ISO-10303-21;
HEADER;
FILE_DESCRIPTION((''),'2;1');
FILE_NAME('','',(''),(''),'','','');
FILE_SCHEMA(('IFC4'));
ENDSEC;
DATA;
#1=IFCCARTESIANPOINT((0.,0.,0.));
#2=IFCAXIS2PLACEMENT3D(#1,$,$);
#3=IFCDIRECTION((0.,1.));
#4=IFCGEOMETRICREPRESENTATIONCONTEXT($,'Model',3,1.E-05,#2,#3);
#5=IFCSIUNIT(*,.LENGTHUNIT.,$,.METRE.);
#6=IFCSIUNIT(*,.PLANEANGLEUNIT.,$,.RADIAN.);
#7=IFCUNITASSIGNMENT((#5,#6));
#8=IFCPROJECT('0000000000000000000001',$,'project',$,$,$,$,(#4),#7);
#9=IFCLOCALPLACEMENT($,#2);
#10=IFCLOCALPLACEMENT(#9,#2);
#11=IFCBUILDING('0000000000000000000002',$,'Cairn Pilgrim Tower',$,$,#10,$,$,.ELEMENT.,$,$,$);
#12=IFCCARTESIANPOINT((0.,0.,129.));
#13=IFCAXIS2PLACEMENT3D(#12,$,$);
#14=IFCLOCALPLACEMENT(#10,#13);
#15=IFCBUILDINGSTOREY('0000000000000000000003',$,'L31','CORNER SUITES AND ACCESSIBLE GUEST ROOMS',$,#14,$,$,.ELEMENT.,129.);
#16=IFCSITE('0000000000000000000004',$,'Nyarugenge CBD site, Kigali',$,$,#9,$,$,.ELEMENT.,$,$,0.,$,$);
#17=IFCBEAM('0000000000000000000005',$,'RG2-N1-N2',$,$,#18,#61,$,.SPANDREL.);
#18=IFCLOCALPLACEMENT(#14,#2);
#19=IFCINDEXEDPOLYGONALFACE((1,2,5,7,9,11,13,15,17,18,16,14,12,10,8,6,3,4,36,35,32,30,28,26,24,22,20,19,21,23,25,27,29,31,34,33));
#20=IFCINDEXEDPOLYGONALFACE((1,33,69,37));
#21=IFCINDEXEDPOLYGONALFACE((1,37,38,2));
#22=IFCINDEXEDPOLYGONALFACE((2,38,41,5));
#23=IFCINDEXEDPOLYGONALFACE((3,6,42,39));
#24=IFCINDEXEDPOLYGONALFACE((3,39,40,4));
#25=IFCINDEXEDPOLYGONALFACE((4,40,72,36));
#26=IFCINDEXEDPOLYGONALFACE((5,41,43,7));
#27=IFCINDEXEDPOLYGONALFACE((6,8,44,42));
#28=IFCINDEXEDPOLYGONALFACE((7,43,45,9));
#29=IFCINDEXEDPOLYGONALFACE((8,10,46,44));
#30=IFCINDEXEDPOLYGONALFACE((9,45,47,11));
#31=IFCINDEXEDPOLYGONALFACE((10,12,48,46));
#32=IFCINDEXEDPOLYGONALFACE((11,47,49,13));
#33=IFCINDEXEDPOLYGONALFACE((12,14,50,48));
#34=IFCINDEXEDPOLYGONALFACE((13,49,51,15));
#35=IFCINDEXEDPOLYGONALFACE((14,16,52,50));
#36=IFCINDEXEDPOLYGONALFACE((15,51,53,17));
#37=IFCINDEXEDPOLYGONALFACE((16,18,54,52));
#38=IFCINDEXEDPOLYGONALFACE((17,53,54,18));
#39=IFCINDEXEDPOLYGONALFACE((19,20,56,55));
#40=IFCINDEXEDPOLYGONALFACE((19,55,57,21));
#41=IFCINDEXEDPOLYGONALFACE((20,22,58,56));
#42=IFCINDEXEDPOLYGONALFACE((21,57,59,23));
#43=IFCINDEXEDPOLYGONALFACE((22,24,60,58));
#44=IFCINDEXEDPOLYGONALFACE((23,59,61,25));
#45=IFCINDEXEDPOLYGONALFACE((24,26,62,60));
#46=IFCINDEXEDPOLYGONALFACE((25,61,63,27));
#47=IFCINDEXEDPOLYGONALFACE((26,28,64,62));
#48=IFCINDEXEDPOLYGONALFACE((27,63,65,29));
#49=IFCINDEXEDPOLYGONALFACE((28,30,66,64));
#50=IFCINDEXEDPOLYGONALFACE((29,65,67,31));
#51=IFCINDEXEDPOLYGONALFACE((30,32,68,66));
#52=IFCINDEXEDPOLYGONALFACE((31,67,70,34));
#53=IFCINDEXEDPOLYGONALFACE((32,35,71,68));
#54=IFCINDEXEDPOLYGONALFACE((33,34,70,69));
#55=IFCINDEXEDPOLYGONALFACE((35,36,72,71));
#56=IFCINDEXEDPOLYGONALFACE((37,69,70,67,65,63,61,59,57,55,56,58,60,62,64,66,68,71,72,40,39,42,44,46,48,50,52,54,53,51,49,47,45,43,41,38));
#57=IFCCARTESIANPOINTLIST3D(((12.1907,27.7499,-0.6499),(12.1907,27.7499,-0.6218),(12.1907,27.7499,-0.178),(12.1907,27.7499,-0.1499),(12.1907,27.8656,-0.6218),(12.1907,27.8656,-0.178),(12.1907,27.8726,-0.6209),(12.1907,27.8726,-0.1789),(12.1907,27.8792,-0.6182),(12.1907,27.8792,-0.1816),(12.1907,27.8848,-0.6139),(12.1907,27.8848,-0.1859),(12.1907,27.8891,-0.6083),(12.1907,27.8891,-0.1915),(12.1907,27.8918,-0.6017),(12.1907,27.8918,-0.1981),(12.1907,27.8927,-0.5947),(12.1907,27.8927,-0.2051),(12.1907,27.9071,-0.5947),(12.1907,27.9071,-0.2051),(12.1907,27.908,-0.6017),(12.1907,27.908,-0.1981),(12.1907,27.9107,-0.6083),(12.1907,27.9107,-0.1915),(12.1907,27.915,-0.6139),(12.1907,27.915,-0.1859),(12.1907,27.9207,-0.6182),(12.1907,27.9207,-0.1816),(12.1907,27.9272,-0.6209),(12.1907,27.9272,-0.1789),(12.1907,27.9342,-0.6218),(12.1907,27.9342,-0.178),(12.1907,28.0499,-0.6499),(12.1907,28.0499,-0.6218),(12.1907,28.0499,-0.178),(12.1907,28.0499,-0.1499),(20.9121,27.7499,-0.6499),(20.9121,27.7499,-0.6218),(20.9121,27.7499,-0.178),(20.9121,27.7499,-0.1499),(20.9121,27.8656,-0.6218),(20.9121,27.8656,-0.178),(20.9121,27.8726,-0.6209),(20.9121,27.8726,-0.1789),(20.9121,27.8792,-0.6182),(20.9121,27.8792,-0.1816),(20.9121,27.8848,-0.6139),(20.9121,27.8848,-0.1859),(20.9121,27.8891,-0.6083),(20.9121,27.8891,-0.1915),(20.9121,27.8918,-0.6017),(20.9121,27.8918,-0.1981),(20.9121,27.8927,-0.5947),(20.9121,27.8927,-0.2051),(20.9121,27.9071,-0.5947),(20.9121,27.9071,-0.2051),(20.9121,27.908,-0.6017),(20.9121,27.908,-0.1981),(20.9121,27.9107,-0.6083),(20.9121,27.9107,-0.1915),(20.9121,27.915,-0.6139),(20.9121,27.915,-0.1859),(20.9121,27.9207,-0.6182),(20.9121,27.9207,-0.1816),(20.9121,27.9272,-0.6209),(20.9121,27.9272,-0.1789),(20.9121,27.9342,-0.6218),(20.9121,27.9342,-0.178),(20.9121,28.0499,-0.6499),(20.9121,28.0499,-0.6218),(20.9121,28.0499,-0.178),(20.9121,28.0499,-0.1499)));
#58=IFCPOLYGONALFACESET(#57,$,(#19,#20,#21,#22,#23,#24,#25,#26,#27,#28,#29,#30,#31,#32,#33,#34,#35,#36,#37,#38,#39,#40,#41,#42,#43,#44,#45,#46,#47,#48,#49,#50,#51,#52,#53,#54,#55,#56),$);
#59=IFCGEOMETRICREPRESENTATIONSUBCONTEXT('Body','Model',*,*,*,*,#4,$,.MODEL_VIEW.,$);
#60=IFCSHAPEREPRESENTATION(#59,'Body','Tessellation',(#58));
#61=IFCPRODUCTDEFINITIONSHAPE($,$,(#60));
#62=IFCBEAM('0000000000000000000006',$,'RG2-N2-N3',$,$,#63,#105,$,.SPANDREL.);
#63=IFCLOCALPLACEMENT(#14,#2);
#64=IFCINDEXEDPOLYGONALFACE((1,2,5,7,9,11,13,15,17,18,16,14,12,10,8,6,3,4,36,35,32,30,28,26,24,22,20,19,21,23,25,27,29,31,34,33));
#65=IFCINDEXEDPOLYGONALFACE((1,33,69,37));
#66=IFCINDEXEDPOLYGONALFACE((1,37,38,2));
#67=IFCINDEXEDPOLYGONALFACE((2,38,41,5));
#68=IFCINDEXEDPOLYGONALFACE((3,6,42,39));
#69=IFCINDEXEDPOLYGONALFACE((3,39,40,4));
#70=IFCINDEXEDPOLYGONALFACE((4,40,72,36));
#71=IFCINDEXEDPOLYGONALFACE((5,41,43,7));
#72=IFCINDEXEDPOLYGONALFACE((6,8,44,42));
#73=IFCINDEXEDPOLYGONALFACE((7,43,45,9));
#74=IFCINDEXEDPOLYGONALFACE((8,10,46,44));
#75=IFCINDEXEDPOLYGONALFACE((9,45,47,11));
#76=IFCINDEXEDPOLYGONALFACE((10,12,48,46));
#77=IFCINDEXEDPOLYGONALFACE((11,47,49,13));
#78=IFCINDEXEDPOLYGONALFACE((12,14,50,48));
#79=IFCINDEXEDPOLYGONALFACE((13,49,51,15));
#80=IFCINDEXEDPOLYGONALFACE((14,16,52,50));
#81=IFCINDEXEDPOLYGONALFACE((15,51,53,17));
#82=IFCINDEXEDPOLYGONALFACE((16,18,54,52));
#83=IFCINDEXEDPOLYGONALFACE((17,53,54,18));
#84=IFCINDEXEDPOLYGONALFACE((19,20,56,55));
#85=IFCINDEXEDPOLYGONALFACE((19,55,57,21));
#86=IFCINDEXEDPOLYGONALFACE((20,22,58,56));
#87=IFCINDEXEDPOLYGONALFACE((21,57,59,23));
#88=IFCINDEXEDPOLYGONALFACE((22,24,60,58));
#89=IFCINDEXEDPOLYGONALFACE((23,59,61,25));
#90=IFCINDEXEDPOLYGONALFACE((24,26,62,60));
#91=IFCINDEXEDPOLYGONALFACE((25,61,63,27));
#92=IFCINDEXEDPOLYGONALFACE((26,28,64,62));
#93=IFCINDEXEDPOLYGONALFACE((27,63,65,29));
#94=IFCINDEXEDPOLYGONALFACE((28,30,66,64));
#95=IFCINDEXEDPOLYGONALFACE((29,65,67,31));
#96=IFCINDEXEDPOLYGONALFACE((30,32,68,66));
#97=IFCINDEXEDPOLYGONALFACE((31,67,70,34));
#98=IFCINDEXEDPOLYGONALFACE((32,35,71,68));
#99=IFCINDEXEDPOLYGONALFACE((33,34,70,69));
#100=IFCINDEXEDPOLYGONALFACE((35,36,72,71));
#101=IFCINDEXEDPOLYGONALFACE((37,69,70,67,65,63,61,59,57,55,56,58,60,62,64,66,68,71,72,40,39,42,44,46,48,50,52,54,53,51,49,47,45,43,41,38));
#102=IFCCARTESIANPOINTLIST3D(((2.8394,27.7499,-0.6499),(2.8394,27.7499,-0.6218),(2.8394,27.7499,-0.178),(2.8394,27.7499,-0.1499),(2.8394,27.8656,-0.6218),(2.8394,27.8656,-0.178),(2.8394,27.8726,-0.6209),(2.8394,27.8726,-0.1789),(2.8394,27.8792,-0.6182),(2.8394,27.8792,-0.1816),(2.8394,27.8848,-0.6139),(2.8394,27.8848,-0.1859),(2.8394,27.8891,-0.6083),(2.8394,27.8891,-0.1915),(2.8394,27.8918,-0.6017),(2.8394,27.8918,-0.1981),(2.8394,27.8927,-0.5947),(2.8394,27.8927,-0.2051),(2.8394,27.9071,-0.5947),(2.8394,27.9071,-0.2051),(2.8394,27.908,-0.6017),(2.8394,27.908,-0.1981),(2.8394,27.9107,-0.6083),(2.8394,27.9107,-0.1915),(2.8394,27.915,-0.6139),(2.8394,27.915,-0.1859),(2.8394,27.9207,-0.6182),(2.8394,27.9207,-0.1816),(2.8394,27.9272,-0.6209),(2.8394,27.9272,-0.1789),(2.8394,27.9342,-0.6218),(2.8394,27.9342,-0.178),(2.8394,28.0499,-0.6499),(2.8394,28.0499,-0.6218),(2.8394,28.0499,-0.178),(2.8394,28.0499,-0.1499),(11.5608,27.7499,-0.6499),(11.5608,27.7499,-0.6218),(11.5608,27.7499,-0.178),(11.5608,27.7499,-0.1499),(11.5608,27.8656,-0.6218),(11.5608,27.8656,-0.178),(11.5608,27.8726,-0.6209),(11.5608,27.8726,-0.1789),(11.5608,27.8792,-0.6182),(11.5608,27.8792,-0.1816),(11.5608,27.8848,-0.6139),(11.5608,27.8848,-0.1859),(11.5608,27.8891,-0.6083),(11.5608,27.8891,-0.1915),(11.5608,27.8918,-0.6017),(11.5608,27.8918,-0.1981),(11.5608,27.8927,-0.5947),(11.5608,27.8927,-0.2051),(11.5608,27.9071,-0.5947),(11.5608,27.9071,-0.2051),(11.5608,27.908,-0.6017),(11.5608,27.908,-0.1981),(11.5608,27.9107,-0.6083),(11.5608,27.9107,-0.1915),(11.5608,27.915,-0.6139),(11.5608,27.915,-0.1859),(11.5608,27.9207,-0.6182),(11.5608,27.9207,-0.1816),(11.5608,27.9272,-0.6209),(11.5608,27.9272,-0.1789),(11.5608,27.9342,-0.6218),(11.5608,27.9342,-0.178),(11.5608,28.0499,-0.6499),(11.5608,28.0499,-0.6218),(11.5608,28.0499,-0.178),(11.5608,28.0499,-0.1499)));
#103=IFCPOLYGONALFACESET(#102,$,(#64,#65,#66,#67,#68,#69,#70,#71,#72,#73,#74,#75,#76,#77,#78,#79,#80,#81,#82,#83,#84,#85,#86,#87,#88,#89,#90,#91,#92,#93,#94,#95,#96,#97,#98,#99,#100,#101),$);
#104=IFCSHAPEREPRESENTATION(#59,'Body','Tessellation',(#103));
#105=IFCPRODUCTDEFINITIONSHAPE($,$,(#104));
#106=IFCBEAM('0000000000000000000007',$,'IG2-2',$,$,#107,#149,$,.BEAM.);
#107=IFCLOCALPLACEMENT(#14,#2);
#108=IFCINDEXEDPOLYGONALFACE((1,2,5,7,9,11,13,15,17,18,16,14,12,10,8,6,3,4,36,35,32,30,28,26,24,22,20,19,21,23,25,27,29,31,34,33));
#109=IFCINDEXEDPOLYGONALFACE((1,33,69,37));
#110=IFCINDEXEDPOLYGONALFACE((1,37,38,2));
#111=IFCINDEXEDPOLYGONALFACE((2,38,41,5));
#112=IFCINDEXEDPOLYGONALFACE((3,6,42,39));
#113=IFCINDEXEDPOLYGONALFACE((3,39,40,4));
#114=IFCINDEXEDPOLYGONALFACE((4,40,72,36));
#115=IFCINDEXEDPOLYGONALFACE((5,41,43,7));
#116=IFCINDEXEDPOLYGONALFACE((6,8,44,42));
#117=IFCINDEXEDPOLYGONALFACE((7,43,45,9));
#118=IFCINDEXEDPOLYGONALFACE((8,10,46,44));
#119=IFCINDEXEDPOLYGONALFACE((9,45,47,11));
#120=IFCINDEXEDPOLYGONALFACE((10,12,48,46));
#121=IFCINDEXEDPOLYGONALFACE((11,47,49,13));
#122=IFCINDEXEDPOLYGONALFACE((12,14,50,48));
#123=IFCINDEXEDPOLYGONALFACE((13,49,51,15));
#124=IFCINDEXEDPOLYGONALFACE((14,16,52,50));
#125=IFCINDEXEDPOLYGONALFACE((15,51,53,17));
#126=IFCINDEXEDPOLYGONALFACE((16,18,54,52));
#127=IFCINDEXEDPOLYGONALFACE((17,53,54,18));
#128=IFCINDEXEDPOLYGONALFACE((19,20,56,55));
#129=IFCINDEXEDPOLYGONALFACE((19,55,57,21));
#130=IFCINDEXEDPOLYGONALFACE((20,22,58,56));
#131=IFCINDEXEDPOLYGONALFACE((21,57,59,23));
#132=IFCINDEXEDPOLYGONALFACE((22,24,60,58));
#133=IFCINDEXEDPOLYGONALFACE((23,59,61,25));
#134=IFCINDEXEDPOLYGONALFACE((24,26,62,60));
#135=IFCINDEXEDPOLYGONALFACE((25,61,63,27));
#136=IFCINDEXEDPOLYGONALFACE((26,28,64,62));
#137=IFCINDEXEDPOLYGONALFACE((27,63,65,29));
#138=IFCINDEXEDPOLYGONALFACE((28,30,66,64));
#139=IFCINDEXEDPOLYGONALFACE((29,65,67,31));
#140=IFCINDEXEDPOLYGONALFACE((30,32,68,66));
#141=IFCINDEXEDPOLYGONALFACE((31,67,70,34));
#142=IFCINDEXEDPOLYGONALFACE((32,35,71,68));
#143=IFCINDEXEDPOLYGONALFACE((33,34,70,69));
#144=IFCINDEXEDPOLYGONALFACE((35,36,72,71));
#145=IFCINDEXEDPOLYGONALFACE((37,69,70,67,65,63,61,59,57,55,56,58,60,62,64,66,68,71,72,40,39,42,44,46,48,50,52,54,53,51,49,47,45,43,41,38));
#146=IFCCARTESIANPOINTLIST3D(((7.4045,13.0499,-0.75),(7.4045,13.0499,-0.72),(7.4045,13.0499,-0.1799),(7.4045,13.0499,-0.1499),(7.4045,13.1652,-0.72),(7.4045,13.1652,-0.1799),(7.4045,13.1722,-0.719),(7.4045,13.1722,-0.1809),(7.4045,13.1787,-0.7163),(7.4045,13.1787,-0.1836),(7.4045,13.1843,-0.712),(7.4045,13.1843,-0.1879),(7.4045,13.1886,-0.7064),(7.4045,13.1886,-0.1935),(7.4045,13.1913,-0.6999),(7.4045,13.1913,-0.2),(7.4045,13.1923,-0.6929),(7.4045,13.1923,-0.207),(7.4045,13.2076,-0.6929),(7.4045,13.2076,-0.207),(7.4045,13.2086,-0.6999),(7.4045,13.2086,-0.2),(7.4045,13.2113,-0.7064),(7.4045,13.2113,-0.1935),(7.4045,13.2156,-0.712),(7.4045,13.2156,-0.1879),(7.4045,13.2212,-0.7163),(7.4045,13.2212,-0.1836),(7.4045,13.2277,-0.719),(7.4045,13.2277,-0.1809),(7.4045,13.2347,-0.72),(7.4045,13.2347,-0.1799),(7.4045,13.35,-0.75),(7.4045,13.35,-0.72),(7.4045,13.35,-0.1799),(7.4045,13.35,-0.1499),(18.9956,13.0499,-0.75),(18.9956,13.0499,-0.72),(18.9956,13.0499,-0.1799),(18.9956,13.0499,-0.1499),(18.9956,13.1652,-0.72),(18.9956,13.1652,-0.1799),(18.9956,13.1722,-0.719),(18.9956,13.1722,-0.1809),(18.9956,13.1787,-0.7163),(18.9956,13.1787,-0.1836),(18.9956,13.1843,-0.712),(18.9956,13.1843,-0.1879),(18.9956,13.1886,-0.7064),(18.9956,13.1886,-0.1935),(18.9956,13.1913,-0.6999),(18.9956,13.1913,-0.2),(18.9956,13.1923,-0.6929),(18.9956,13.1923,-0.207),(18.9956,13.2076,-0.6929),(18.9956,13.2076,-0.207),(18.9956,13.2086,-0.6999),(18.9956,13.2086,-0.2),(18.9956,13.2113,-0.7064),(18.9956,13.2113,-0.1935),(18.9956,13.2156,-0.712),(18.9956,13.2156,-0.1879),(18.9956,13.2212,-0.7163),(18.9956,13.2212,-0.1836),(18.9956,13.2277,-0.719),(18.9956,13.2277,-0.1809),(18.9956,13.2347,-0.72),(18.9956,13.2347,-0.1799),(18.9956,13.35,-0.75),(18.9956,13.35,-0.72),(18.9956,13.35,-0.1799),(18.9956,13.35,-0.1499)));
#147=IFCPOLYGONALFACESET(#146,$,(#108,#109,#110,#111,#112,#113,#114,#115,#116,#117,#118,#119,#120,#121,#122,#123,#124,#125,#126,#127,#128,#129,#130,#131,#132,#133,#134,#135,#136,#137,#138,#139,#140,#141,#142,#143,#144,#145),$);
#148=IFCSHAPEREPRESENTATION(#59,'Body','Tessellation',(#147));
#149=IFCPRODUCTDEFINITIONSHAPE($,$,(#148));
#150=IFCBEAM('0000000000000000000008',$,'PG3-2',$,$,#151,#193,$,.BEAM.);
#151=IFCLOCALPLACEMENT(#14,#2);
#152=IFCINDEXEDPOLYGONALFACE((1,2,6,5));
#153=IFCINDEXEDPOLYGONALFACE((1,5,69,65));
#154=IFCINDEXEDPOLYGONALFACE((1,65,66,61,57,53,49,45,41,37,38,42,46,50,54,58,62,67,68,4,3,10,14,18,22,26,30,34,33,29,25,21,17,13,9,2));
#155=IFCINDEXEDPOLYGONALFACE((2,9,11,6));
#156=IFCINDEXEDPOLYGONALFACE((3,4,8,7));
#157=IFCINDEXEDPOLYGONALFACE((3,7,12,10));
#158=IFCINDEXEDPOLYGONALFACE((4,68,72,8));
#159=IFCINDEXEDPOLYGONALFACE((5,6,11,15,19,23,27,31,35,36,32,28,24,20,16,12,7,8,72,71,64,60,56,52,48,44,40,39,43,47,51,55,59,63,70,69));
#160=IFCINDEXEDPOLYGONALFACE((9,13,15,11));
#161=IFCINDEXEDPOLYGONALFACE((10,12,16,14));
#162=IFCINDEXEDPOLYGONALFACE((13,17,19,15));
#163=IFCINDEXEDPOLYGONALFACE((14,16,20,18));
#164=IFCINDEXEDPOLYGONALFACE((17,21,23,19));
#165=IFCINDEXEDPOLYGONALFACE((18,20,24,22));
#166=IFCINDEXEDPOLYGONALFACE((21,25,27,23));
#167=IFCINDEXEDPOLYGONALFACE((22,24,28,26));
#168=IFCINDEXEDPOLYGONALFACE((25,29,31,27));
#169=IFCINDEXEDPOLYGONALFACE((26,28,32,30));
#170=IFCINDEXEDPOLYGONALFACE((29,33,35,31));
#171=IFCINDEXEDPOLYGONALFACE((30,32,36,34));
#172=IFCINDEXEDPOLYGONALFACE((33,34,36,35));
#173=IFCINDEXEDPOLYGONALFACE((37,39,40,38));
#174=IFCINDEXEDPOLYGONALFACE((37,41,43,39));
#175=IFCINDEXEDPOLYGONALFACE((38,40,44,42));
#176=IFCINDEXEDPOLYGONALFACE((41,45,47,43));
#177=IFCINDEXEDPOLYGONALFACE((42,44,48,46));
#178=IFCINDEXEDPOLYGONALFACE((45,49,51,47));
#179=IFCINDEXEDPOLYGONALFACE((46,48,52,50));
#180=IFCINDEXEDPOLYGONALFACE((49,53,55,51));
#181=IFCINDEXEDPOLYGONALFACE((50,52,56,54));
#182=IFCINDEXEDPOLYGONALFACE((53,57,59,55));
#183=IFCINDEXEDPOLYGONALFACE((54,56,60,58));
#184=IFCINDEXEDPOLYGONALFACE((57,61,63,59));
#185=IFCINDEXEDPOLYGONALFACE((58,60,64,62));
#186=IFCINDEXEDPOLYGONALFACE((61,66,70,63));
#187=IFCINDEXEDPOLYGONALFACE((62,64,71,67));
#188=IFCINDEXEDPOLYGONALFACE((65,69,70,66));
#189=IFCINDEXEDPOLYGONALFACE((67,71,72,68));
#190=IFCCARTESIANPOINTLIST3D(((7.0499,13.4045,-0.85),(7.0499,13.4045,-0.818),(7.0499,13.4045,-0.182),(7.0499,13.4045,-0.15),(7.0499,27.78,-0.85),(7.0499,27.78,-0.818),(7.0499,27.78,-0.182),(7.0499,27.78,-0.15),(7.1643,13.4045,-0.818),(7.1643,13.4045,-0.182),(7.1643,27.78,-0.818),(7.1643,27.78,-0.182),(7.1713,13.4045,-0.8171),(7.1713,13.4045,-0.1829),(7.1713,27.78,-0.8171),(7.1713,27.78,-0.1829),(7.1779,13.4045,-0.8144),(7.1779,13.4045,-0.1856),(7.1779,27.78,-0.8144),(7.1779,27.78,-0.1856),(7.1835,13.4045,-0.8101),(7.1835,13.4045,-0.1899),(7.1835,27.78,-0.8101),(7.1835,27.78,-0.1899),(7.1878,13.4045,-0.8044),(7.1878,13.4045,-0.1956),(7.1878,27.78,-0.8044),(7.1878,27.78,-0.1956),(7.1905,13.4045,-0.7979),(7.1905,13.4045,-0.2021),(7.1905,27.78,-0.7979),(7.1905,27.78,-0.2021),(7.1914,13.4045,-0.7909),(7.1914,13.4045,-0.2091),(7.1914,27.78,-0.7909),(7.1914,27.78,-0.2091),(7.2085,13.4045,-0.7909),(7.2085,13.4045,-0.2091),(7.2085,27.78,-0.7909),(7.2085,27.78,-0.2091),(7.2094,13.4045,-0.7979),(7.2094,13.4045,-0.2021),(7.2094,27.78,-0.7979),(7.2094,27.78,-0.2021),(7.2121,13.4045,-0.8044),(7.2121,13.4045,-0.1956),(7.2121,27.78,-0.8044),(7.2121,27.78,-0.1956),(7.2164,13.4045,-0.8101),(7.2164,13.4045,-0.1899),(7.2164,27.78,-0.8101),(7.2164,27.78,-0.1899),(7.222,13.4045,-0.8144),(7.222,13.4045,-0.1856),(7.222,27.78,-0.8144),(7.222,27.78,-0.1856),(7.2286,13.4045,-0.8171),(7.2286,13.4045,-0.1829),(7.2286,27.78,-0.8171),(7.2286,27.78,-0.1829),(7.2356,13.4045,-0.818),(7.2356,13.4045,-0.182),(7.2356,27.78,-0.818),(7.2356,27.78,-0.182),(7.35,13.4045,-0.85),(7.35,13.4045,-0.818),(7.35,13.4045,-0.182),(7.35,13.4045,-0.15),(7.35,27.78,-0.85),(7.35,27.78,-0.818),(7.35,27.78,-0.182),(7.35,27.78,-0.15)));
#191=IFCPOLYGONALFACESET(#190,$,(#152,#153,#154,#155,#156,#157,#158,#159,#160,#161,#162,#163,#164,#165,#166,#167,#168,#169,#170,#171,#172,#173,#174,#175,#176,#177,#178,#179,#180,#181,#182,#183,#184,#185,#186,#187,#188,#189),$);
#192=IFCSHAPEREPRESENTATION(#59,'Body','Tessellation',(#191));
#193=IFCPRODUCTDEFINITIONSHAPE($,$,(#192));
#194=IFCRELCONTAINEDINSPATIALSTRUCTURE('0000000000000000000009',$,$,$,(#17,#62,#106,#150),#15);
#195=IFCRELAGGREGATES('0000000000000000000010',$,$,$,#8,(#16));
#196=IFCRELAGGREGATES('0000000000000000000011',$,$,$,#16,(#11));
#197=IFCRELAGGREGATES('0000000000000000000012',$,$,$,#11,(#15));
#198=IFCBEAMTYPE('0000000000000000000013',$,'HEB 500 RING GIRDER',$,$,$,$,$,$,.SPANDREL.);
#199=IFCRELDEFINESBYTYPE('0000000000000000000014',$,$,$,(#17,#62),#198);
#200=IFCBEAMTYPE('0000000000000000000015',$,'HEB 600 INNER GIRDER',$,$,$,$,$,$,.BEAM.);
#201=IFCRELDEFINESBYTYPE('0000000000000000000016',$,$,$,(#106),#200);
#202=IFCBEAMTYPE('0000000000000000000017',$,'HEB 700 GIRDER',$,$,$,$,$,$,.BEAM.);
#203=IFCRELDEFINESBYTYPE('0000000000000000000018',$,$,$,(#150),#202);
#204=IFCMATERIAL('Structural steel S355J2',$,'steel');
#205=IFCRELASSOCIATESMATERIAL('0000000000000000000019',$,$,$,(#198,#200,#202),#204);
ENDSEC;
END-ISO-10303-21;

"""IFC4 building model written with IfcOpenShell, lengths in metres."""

from ifc_helpers import new_model, si_unit, direction, frame, origin, origin_2d, place, context, subcontext, project, spatial, i_section, extrude, material, material_profile, profile_set, type_object, element, save


model = new_model("IFC4")

# Units and contexts
model_context = context("Model", 3, precision=1e-05, world=origin(), true_north=direction((0.0, 1.0)))
body_context = subcontext(model_context, "Body", "Model", "MODEL_VIEW")
ifc_project = project(units=[si_unit("LENGTHUNIT", "METRE"), si_unit("PLANEANGLEUNIT", "RADIAN")], contexts=[model_context])

# Site, building, storey
site_placement = place(None, origin())
site = spatial("IfcSite", under=ifc_project, at=site_placement, Name="Nyarugenge CBD site, Kigali", CompositionType="ELEMENT", RefElevation=0.0)
building_placement = place(site_placement, origin())
building = spatial("IfcBuilding", under=site, at=building_placement, Name="Cairn Pilgrim Tower", CompositionType="ELEMENT")
storey_placement = place(building_placement, frame((0.0, 0.0, 129.0)))
storey = spatial("IfcBuildingStorey", under=building, at=storey_placement, Name="L31", Description="CORNER SUITES AND ACCESSIBLE GUEST ROOMS", CompositionType="ELEMENT", Elevation=129.0)

# Beams
ifc_material_1 = material(Name="Structural steel S355J2", Category="steel")
ifc_material_profile_1 = material_profile(ifc_material_1, i_section(OverallWidth=0.3, OverallDepth=0.5, WebThickness=0.0144, FlangeThickness=0.0281, FilletRadius=0.0271, at=origin_2d()), Name="HEB 500")
ifc_profile_set_1 = profile_set([ifc_material_profile_1], Name="Structural steel S355J2")
beam_type_1 = type_object("IfcBeamType", Name="HEB 500 RING GIRDER", PredefinedType="SPANDREL", material=ifc_profile_set_1)
for number, where, z_axis, x_axis, name in (
    (1, (20.9121, 27.8999, -0.3999), (-1.0, 0.0, 0.0), (0.0, -1.0, 0.0), "RG2-N1-N2"),
    (2, (11.5608, 27.8999, -0.3999), (-1.0, 0.0, 0.0), (0.0, -1.0, 0.0), "RG2-N2-N3"),
):
    element("IfcBeam", number, at=place(storey_placement, frame(where, z_axis=z_axis, x_axis=x_axis)), inside=storey, type_object=beam_type_1, Name=name, PredefinedType="SPANDREL", context=body_context, shape_type="SweptSolid", body=[
        extrude(i_section(OverallWidth=0.3, OverallDepth=0.5, WebThickness=0.0144, FlangeThickness=0.0281, FilletRadius=0.0271, at=origin_2d()), origin(), (0.0, 0.0, 1.0), 8.7214),
    ])
ifc_material_profile_2 = material_profile(ifc_material_1, i_section(OverallWidth=0.3, OverallDepth=0.6001, WebThickness=0.0154, FlangeThickness=0.03, FilletRadius=0.0271, at=origin_2d()), Name="HEB 600")
ifc_profile_set_2 = profile_set([ifc_material_profile_2], Name="Structural steel S355J2")
beam_type_2 = type_object("IfcBeamType", Name="HEB 600 INNER GIRDER", PredefinedType="BEAM", material=ifc_profile_set_2)
beam_1_placement = place(storey_placement, frame((7.4045, 13.2, -0.45), z_axis=(1.0, 0.0, 0.0), x_axis=(0.0, 1.0, 0.0)))
element("IfcBeam", 3, at=beam_1_placement, inside=storey, type_object=beam_type_2, Name="IG2-2", PredefinedType="BEAM", context=body_context, shape_type="SweptSolid", body=[
    extrude(i_section(OverallWidth=0.3, OverallDepth=0.6001, WebThickness=0.0154, FlangeThickness=0.03, FilletRadius=0.0271, at=origin_2d()), origin(), (0.0, 0.0, 1.0), 11.5911),
])
ifc_material_profile_3 = material_profile(ifc_material_1, i_section(OverallWidth=0.3, OverallDepth=0.7, WebThickness=0.0171, FlangeThickness=0.032, FilletRadius=0.0271, at=origin_2d()), Name="HEB 700")
ifc_profile_set_3 = profile_set([ifc_material_profile_3], Name="Structural steel S355J2")
beam_type_3 = type_object("IfcBeamType", Name="HEB 700 GIRDER", PredefinedType="BEAM", material=ifc_profile_set_3)
for number, where, z_axis, x_axis, name in (
    (4, (7.2, 13.4045, -0.5), (0.0, 1.0, 0.0), (-1.0, 0.0, 0.0), "PG3-2"),
):
    element("IfcBeam", number, at=place(storey_placement, frame(where, z_axis=z_axis, x_axis=x_axis)), inside=storey, type_object=beam_type_3, Name=name, PredefinedType="BEAM", context=body_context, shape_type="SweptSolid", body=[
        extrude(i_section(OverallWidth=0.3, OverallDepth=0.7, WebThickness=0.0171, FlangeThickness=0.032, FilletRadius=0.0271, at=origin_2d()), origin(), (0.0, 0.0, 1.0), 14.3755),
    ])

save(model, "model.ifc")
